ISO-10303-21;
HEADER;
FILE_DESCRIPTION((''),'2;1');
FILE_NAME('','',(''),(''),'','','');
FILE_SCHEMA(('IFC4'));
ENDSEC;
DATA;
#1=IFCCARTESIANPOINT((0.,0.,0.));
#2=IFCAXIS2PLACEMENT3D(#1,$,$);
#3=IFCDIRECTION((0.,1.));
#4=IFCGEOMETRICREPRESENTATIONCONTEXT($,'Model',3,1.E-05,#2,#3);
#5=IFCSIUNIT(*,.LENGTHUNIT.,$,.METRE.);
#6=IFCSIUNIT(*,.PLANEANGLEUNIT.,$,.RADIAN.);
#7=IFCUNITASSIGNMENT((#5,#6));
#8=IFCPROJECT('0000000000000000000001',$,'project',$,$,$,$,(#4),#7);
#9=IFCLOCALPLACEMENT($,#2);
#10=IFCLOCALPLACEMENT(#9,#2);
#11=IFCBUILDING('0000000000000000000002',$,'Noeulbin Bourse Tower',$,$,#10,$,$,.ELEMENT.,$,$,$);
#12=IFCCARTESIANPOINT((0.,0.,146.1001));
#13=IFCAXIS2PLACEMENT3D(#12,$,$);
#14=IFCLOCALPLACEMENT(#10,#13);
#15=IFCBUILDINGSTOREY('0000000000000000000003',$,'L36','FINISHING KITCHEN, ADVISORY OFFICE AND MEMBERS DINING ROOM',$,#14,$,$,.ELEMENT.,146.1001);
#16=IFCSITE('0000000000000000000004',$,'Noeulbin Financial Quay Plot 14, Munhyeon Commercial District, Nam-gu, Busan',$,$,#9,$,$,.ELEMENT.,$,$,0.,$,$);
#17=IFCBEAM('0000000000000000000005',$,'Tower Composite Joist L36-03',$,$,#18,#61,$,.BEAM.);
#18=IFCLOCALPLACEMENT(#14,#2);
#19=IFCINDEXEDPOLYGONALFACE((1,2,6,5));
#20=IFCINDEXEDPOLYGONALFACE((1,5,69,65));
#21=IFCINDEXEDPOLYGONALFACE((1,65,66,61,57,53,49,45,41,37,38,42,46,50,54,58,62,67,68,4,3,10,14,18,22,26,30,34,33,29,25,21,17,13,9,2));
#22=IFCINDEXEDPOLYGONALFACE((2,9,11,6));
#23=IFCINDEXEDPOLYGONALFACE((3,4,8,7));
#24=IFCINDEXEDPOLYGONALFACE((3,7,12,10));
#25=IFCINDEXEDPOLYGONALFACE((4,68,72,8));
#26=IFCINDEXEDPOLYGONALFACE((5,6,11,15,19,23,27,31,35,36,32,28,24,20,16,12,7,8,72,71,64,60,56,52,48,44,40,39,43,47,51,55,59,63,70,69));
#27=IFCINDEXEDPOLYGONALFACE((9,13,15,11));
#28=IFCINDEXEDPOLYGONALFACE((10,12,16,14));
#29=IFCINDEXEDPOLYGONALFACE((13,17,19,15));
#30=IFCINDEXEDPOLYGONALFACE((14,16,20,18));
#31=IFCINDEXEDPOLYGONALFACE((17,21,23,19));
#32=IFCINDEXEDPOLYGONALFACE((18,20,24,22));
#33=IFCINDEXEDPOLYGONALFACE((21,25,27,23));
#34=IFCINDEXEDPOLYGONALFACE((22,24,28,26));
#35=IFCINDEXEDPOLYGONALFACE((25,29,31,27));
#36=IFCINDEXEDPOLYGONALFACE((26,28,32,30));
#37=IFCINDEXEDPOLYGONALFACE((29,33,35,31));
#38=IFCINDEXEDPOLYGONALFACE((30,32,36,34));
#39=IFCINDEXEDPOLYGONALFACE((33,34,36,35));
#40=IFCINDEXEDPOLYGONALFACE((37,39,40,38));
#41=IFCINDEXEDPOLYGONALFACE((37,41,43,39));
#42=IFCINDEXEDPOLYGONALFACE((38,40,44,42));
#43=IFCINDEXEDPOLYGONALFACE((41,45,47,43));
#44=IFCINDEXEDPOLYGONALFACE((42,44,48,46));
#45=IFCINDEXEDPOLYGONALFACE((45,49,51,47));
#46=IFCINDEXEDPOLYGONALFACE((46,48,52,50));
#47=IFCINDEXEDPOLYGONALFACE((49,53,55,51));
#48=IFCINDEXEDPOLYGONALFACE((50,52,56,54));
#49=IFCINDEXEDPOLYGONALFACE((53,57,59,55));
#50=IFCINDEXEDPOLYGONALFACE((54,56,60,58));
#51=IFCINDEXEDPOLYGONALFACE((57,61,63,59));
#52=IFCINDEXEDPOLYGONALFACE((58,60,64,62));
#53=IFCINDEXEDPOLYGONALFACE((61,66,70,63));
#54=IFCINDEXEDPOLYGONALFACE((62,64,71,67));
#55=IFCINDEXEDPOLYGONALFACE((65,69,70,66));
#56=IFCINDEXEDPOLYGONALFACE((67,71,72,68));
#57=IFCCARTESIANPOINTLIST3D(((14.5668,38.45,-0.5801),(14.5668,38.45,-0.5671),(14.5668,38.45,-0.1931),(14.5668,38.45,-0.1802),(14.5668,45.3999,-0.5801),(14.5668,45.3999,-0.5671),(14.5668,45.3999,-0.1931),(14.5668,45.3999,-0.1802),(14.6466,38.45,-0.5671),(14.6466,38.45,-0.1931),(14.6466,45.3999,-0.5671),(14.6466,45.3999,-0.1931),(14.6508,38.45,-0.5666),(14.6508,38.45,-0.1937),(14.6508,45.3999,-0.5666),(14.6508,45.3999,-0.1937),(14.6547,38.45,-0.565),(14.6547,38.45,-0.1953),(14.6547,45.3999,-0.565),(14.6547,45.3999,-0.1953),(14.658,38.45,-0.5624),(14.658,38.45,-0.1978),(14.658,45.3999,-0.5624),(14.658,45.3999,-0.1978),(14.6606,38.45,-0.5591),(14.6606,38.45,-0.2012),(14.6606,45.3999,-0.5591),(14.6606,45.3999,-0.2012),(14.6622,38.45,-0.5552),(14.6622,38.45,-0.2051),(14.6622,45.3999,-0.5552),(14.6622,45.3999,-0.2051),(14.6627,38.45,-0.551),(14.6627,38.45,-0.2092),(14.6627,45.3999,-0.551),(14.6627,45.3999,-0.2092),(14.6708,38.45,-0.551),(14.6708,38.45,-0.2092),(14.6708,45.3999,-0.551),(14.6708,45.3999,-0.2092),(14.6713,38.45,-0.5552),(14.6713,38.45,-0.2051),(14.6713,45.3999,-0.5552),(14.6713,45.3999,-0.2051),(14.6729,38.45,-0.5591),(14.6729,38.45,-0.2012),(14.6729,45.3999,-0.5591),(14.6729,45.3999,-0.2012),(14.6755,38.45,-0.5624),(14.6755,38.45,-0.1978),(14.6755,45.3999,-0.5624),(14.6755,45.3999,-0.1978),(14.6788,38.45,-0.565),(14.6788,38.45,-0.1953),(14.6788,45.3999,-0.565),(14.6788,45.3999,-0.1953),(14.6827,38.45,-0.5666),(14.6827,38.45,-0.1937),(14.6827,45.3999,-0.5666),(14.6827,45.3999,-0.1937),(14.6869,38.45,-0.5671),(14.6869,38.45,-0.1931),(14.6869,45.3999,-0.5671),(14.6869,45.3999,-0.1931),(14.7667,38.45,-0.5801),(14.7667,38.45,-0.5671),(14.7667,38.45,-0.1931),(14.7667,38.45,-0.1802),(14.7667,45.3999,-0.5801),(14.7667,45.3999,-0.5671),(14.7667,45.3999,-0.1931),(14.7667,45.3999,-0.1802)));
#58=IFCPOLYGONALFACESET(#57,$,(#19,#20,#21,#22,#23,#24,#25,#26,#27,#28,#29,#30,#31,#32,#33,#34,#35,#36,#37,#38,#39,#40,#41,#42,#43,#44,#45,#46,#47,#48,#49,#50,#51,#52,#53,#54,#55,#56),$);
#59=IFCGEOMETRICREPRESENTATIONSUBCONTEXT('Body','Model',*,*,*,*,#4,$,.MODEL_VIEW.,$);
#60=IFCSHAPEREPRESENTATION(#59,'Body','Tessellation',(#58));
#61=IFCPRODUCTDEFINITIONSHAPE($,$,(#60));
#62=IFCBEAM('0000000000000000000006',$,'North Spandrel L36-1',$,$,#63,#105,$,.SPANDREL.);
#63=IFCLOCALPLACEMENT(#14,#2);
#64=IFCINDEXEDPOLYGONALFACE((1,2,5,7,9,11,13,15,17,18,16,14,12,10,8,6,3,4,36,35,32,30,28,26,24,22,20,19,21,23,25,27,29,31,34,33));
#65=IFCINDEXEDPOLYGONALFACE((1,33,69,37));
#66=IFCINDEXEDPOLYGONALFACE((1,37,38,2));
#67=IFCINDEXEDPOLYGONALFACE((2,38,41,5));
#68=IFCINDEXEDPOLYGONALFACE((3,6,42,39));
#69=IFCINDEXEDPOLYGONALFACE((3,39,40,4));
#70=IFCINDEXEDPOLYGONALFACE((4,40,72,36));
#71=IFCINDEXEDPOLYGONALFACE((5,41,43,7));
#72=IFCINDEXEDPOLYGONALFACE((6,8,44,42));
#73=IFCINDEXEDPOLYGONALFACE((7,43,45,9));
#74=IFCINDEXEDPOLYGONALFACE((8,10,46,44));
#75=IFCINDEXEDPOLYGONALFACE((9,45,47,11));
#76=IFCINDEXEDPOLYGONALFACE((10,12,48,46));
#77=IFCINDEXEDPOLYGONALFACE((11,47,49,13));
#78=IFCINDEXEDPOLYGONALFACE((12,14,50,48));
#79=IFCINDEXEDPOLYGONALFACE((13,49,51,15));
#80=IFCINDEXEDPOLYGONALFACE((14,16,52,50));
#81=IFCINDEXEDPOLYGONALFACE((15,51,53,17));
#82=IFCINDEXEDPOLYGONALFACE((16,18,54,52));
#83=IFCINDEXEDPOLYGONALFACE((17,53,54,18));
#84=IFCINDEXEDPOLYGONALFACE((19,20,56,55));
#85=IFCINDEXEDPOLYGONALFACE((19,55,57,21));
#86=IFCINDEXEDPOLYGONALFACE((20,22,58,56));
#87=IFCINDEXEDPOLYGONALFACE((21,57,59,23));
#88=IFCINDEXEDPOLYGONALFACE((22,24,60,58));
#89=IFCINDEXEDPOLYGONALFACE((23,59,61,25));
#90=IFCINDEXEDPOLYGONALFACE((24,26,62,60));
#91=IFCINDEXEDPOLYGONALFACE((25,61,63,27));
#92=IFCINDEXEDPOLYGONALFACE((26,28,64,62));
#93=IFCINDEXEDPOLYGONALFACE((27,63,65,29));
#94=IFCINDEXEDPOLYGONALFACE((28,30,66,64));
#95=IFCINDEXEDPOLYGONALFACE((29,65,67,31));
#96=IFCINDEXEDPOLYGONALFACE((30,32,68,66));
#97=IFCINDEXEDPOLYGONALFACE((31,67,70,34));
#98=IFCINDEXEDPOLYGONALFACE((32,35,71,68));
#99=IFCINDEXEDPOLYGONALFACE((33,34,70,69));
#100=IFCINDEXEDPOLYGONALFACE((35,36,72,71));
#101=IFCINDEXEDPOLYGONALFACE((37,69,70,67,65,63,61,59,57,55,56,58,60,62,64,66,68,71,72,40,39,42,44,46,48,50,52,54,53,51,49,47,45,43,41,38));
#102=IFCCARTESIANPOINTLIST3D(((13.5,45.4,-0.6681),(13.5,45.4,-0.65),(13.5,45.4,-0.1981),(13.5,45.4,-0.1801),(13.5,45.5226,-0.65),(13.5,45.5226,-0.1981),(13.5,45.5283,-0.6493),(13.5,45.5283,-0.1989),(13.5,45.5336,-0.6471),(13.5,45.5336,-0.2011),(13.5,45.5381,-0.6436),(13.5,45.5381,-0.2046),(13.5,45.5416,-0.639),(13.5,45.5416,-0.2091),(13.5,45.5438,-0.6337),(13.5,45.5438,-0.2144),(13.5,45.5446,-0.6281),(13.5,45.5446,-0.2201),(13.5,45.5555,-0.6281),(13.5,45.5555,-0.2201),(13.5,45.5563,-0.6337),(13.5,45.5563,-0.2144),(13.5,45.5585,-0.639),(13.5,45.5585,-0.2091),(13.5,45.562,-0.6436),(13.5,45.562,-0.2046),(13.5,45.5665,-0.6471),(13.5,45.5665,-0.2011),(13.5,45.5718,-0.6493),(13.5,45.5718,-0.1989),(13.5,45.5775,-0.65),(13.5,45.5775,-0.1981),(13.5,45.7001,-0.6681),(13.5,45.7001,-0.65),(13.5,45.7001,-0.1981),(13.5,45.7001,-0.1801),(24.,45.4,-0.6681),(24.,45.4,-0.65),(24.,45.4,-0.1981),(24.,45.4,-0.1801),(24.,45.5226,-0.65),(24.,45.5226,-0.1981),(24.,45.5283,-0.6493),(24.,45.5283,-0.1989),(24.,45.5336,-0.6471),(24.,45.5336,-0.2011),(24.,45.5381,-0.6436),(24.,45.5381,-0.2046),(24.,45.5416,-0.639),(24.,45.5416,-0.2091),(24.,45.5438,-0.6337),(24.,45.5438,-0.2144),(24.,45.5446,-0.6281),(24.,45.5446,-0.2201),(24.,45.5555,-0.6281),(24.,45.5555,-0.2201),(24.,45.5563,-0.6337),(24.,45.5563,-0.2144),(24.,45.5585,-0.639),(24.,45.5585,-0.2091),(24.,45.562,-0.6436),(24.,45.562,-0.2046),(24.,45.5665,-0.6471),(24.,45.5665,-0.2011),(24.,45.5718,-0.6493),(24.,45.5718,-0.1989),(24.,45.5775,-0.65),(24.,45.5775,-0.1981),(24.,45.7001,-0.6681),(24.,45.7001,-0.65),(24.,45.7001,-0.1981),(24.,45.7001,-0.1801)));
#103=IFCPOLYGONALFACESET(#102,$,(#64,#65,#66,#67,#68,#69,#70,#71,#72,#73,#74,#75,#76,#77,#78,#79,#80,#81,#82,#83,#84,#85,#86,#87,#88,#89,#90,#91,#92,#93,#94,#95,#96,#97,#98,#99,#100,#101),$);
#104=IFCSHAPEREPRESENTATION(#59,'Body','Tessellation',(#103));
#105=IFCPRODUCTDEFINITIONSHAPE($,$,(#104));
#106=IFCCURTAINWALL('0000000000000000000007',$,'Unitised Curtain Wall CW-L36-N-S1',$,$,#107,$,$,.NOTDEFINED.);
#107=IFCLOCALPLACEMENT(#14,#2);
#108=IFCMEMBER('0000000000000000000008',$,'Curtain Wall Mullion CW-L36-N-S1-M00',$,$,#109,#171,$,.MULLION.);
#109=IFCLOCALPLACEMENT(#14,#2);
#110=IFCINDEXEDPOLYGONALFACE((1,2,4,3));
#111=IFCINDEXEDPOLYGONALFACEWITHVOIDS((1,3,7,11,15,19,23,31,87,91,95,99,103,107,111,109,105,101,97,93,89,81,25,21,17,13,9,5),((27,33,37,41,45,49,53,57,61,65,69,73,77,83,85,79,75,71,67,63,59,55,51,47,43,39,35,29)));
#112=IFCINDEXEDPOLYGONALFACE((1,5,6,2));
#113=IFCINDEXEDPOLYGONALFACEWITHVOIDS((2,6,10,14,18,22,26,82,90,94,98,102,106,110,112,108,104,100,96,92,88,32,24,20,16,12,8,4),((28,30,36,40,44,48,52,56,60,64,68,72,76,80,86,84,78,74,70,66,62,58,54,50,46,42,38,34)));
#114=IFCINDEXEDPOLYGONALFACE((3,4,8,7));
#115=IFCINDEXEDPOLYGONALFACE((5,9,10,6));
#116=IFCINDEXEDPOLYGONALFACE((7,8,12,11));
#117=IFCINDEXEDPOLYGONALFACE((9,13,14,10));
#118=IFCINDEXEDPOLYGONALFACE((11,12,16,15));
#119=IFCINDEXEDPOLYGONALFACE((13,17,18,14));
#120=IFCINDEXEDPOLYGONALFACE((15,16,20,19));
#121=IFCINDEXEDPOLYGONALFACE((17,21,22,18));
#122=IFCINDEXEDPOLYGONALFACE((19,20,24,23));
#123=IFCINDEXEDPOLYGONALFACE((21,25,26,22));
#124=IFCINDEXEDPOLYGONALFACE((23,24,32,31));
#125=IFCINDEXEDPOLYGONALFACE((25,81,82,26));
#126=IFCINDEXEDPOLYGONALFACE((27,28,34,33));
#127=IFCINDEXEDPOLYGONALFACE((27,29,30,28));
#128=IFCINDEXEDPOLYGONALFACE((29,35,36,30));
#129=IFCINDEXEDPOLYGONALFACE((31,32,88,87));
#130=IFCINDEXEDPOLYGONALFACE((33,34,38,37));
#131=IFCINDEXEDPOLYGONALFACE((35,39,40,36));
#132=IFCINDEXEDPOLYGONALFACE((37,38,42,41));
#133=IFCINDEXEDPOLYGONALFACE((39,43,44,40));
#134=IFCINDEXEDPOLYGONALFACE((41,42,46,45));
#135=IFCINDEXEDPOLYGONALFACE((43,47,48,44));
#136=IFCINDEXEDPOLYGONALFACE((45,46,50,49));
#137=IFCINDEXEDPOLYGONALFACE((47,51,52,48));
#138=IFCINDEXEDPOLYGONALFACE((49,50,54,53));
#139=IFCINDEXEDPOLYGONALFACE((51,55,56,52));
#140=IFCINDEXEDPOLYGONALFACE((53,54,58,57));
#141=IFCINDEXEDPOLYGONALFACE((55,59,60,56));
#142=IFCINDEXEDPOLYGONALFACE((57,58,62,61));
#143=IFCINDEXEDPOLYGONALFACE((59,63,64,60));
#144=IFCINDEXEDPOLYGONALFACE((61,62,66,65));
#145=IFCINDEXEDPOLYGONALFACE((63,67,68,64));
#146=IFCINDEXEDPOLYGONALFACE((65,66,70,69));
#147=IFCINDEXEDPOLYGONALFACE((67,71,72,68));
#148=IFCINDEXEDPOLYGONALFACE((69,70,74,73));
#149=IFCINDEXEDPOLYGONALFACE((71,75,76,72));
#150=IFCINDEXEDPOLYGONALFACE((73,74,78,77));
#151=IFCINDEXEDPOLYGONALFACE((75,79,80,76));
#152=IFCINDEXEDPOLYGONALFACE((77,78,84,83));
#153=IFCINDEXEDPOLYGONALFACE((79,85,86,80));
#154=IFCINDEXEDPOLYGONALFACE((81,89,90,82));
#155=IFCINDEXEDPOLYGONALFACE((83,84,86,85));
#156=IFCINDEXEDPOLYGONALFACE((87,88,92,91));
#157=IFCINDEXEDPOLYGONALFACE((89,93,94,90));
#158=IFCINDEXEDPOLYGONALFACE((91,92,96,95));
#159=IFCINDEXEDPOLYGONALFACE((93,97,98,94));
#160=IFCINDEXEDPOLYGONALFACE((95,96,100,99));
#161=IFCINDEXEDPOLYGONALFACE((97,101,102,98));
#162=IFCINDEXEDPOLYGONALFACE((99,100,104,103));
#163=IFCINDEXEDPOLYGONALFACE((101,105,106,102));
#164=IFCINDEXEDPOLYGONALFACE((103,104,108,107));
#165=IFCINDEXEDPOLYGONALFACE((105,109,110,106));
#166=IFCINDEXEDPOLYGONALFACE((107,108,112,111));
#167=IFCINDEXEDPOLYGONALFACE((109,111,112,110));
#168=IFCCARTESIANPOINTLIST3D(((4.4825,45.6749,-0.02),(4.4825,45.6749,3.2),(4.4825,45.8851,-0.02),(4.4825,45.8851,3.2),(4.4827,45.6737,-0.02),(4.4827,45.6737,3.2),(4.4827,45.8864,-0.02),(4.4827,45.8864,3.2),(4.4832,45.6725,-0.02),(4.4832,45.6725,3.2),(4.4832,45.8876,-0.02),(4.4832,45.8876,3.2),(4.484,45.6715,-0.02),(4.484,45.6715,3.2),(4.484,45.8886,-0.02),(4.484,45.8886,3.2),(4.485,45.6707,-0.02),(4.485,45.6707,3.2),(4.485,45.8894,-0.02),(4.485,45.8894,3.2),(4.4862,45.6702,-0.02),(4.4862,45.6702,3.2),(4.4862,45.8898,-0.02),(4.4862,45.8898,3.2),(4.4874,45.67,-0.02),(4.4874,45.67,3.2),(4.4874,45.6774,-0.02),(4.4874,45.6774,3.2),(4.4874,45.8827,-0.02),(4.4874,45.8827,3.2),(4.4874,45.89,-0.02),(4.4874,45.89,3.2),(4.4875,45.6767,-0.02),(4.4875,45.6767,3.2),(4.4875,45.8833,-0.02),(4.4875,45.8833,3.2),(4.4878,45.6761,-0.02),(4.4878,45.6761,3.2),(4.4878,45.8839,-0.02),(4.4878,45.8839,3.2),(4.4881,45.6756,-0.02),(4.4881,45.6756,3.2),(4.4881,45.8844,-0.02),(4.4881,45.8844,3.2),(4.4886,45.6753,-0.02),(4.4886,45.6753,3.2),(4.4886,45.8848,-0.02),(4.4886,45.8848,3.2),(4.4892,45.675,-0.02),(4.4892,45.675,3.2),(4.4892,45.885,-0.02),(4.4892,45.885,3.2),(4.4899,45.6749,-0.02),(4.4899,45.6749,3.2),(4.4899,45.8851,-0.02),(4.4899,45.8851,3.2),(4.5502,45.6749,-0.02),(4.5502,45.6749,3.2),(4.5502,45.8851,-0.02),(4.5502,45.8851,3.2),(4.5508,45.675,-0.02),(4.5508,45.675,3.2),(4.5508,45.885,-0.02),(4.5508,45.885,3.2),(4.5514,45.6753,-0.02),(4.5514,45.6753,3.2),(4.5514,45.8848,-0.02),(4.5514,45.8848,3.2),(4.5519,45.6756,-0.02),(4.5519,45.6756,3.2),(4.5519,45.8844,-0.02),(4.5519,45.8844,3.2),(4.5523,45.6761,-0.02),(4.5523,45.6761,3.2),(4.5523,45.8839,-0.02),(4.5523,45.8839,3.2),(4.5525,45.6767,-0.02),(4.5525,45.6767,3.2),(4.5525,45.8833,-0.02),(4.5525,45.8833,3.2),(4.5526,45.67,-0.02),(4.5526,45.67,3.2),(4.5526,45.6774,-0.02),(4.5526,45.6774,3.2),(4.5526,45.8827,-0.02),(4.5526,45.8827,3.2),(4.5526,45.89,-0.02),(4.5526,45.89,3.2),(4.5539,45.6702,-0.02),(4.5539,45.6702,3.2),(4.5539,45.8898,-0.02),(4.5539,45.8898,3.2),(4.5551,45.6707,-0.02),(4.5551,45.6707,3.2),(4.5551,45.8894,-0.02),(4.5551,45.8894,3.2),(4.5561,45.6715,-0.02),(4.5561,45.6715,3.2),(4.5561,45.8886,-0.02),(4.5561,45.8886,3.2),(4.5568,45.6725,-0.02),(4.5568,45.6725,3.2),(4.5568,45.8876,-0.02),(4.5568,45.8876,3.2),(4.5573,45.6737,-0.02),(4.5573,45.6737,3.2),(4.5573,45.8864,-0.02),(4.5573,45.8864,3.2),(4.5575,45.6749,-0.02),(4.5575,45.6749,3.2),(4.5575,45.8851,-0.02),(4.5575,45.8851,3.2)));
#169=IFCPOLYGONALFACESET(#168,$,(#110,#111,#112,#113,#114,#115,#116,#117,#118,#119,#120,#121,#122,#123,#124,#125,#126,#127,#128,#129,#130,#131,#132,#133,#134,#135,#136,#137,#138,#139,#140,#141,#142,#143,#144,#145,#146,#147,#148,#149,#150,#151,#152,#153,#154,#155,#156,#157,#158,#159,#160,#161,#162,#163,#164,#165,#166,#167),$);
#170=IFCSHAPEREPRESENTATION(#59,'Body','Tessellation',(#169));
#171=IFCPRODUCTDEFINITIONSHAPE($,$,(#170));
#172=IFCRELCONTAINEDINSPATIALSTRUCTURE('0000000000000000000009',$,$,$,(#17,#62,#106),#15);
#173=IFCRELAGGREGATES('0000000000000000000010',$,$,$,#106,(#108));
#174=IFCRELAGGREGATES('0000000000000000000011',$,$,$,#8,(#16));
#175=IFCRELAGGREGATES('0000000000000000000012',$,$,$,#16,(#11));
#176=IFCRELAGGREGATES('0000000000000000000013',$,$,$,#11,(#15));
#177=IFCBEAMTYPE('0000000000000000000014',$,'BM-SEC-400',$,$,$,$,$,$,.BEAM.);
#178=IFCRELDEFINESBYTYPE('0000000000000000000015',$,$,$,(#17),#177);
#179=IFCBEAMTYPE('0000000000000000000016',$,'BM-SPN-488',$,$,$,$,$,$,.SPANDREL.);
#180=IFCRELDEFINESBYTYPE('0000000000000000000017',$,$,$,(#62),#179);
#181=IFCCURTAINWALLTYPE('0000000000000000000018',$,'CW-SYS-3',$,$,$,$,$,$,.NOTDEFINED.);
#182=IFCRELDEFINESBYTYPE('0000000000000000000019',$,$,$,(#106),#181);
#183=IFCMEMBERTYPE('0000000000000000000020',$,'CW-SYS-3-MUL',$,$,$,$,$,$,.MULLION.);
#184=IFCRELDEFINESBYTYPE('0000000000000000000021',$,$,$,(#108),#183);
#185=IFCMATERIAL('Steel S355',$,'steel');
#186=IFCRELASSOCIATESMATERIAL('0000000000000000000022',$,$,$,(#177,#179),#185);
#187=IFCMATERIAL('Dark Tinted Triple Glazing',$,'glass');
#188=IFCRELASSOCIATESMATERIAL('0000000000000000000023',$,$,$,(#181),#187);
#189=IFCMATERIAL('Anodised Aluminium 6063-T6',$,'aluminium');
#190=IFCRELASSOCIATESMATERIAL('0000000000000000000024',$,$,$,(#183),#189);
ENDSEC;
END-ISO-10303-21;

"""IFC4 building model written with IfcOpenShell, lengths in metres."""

from ifc_helpers import new_model, si_unit, direction, frame, origin, origin_2d, place, context, subcontext, project, spatial, hollow_rectangle, i_section, extrude, material, material_profile, profile_set, type_object, element, aggregate, save


model = new_model("IFC4")

# Units and contexts
model_context = context("Model", 3, precision=1e-05, world=origin(), true_north=direction((0.0, 1.0)))
body_context = subcontext(model_context, "Body", "Model", "MODEL_VIEW")
ifc_project = project(units=[si_unit("LENGTHUNIT", "METRE"), si_unit("PLANEANGLEUNIT", "RADIAN")], contexts=[model_context])

# Site, building, storey
site_placement = place(None, origin())
site = spatial("IfcSite", under=ifc_project, at=site_placement, Name="Noeulbin Financial Quay Plot 14, Munhyeon Commercial District, Nam-gu, Busan", CompositionType="ELEMENT", RefElevation=0.0)
building_placement = place(site_placement, origin())
building = spatial("IfcBuilding", under=site, at=building_placement, Name="Noeulbin Bourse Tower", CompositionType="ELEMENT")
storey_placement = place(building_placement, frame((0.0, 0.0, 146.1001)))
storey = spatial("IfcBuildingStorey", under=building, at=storey_placement, Name="L36", Description="FINISHING KITCHEN, ADVISORY OFFICE AND MEMBERS DINING ROOM", CompositionType="ELEMENT", Elevation=146.1001)

# Shared definitions
ifc_material_1 = material(Name="Steel S355", Category="steel")

# Beams
ifc_material_profile_1 = material_profile(ifc_material_1, i_section(OverallWidth=0.2, OverallDepth=0.3999, WebThickness=0.0081, FlangeThickness=0.0129, FilletRadius=0.0161, at=origin_2d()), Name="H-400x200x8x13", Category="LoadBearing")
ifc_profile_set_1 = profile_set([ifc_material_profile_1], Name="Steel S355")
beam_type_1 = type_object("IfcBeamType", Name="BM-SEC-400", PredefinedType="BEAM", material=ifc_profile_set_1)
beam_1_placement = place(storey_placement, frame((14.6667, 38.45, -0.3801), z_axis=(0.0, 1.0, 0.0), x_axis=(-1.0, 0.0, 0.0)))
element("IfcBeam", 1, at=beam_1_placement, inside=storey, type_object=beam_type_1, Name="Tower Composite Joist L36-03", PredefinedType="BEAM", context=body_context, shape_type="SweptSolid", body=[
    extrude(i_section(OverallWidth=0.2, OverallDepth=0.3999, WebThickness=0.0081, FlangeThickness=0.0129, FilletRadius=0.0161, at=origin_2d()), origin(), (0.0, 0.0, 1.0), 6.95),
])
ifc_material_profile_2 = material_profile(ifc_material_1, i_section(OverallWidth=0.3, OverallDepth=0.488, WebThickness=0.011, FlangeThickness=0.0181, FilletRadius=0.022, at=origin_2d()), Name="H-488x300x11x18", Category="LoadBearing")
ifc_profile_set_2 = profile_set([ifc_material_profile_2], Name="Steel S355")
beam_type_2 = type_object("IfcBeamType", Name="BM-SPN-488", PredefinedType="SPANDREL", material=ifc_profile_set_2)
beam_2_placement = place(storey_placement, frame((13.5, 45.55, -0.4241), z_axis=(1.0, 0.0, 0.0), x_axis=(0.0, 1.0, 0.0)))
element("IfcBeam", 2, at=beam_2_placement, inside=storey, type_object=beam_type_2, Name="North Spandrel L36-1", PredefinedType="SPANDREL", context=body_context, shape_type="SweptSolid", body=[
    extrude(i_section(OverallWidth=0.3, OverallDepth=0.488, WebThickness=0.011, FlangeThickness=0.0181, FilletRadius=0.022, at=origin_2d()), origin(), (0.0, 0.0, 1.0), 10.5),
])

# Curtain wall, member
ifc_material_2 = material(Name="Dark Tinted Triple Glazing", Category="glass")
curtain_wall_type = type_object("IfcCurtainWallType", Name="CW-SYS-3", PredefinedType="NOTDEFINED", material=ifc_material_2)
curtain_wall_1_placement = place(storey_placement, origin())
curtain_wall_1 = element("IfcCurtainWall", 3, at=curtain_wall_1_placement, inside=storey, type_object=curtain_wall_type, Name="Unitised Curtain Wall CW-L36-N-S1", PredefinedType="NOTDEFINED")
ifc_material_3 = material(Name="Anodised Aluminium 6063-T6", Category="aluminium")
ifc_material_profile_3 = material_profile(ifc_material_3, hollow_rectangle(XDim=0.075, YDim=0.22, WallThickness=0.0049, InnerFilletRadius=0.0024, OuterFilletRadius=0.0049, at=origin_2d()), Name="ALU-MULL-75x220x5", Category="LoadBearing")
ifc_profile_set_3 = profile_set([ifc_material_profile_3], Name="Anodised Aluminium 6063-T6")
member_type_1 = type_object("IfcMemberType", Name="CW-SYS-3-MUL", PredefinedType="MULLION", material=ifc_profile_set_3)
member_1_placement = place(storey_placement, frame((4.52, 45.78, -0.02), z_axis=(0.0, 0.0, 1.0), x_axis=(1.0, 0.0, 0.0)))
member_1 = element("IfcMember", 4, at=member_1_placement, type_object=member_type_1, Name="Curtain Wall Mullion CW-L36-N-S1-M00", PredefinedType="MULLION", context=body_context, shape_type="SweptSolid", body=[
    extrude(hollow_rectangle(XDim=0.075, YDim=0.22, WallThickness=0.0049, InnerFilletRadius=0.0024, OuterFilletRadius=0.0049, at=origin_2d()), origin(), (0.0, 0.0, 1.0), 3.22),
])

aggregate(curtain_wall_1, [member_1])

save(model, "model.ifc")
